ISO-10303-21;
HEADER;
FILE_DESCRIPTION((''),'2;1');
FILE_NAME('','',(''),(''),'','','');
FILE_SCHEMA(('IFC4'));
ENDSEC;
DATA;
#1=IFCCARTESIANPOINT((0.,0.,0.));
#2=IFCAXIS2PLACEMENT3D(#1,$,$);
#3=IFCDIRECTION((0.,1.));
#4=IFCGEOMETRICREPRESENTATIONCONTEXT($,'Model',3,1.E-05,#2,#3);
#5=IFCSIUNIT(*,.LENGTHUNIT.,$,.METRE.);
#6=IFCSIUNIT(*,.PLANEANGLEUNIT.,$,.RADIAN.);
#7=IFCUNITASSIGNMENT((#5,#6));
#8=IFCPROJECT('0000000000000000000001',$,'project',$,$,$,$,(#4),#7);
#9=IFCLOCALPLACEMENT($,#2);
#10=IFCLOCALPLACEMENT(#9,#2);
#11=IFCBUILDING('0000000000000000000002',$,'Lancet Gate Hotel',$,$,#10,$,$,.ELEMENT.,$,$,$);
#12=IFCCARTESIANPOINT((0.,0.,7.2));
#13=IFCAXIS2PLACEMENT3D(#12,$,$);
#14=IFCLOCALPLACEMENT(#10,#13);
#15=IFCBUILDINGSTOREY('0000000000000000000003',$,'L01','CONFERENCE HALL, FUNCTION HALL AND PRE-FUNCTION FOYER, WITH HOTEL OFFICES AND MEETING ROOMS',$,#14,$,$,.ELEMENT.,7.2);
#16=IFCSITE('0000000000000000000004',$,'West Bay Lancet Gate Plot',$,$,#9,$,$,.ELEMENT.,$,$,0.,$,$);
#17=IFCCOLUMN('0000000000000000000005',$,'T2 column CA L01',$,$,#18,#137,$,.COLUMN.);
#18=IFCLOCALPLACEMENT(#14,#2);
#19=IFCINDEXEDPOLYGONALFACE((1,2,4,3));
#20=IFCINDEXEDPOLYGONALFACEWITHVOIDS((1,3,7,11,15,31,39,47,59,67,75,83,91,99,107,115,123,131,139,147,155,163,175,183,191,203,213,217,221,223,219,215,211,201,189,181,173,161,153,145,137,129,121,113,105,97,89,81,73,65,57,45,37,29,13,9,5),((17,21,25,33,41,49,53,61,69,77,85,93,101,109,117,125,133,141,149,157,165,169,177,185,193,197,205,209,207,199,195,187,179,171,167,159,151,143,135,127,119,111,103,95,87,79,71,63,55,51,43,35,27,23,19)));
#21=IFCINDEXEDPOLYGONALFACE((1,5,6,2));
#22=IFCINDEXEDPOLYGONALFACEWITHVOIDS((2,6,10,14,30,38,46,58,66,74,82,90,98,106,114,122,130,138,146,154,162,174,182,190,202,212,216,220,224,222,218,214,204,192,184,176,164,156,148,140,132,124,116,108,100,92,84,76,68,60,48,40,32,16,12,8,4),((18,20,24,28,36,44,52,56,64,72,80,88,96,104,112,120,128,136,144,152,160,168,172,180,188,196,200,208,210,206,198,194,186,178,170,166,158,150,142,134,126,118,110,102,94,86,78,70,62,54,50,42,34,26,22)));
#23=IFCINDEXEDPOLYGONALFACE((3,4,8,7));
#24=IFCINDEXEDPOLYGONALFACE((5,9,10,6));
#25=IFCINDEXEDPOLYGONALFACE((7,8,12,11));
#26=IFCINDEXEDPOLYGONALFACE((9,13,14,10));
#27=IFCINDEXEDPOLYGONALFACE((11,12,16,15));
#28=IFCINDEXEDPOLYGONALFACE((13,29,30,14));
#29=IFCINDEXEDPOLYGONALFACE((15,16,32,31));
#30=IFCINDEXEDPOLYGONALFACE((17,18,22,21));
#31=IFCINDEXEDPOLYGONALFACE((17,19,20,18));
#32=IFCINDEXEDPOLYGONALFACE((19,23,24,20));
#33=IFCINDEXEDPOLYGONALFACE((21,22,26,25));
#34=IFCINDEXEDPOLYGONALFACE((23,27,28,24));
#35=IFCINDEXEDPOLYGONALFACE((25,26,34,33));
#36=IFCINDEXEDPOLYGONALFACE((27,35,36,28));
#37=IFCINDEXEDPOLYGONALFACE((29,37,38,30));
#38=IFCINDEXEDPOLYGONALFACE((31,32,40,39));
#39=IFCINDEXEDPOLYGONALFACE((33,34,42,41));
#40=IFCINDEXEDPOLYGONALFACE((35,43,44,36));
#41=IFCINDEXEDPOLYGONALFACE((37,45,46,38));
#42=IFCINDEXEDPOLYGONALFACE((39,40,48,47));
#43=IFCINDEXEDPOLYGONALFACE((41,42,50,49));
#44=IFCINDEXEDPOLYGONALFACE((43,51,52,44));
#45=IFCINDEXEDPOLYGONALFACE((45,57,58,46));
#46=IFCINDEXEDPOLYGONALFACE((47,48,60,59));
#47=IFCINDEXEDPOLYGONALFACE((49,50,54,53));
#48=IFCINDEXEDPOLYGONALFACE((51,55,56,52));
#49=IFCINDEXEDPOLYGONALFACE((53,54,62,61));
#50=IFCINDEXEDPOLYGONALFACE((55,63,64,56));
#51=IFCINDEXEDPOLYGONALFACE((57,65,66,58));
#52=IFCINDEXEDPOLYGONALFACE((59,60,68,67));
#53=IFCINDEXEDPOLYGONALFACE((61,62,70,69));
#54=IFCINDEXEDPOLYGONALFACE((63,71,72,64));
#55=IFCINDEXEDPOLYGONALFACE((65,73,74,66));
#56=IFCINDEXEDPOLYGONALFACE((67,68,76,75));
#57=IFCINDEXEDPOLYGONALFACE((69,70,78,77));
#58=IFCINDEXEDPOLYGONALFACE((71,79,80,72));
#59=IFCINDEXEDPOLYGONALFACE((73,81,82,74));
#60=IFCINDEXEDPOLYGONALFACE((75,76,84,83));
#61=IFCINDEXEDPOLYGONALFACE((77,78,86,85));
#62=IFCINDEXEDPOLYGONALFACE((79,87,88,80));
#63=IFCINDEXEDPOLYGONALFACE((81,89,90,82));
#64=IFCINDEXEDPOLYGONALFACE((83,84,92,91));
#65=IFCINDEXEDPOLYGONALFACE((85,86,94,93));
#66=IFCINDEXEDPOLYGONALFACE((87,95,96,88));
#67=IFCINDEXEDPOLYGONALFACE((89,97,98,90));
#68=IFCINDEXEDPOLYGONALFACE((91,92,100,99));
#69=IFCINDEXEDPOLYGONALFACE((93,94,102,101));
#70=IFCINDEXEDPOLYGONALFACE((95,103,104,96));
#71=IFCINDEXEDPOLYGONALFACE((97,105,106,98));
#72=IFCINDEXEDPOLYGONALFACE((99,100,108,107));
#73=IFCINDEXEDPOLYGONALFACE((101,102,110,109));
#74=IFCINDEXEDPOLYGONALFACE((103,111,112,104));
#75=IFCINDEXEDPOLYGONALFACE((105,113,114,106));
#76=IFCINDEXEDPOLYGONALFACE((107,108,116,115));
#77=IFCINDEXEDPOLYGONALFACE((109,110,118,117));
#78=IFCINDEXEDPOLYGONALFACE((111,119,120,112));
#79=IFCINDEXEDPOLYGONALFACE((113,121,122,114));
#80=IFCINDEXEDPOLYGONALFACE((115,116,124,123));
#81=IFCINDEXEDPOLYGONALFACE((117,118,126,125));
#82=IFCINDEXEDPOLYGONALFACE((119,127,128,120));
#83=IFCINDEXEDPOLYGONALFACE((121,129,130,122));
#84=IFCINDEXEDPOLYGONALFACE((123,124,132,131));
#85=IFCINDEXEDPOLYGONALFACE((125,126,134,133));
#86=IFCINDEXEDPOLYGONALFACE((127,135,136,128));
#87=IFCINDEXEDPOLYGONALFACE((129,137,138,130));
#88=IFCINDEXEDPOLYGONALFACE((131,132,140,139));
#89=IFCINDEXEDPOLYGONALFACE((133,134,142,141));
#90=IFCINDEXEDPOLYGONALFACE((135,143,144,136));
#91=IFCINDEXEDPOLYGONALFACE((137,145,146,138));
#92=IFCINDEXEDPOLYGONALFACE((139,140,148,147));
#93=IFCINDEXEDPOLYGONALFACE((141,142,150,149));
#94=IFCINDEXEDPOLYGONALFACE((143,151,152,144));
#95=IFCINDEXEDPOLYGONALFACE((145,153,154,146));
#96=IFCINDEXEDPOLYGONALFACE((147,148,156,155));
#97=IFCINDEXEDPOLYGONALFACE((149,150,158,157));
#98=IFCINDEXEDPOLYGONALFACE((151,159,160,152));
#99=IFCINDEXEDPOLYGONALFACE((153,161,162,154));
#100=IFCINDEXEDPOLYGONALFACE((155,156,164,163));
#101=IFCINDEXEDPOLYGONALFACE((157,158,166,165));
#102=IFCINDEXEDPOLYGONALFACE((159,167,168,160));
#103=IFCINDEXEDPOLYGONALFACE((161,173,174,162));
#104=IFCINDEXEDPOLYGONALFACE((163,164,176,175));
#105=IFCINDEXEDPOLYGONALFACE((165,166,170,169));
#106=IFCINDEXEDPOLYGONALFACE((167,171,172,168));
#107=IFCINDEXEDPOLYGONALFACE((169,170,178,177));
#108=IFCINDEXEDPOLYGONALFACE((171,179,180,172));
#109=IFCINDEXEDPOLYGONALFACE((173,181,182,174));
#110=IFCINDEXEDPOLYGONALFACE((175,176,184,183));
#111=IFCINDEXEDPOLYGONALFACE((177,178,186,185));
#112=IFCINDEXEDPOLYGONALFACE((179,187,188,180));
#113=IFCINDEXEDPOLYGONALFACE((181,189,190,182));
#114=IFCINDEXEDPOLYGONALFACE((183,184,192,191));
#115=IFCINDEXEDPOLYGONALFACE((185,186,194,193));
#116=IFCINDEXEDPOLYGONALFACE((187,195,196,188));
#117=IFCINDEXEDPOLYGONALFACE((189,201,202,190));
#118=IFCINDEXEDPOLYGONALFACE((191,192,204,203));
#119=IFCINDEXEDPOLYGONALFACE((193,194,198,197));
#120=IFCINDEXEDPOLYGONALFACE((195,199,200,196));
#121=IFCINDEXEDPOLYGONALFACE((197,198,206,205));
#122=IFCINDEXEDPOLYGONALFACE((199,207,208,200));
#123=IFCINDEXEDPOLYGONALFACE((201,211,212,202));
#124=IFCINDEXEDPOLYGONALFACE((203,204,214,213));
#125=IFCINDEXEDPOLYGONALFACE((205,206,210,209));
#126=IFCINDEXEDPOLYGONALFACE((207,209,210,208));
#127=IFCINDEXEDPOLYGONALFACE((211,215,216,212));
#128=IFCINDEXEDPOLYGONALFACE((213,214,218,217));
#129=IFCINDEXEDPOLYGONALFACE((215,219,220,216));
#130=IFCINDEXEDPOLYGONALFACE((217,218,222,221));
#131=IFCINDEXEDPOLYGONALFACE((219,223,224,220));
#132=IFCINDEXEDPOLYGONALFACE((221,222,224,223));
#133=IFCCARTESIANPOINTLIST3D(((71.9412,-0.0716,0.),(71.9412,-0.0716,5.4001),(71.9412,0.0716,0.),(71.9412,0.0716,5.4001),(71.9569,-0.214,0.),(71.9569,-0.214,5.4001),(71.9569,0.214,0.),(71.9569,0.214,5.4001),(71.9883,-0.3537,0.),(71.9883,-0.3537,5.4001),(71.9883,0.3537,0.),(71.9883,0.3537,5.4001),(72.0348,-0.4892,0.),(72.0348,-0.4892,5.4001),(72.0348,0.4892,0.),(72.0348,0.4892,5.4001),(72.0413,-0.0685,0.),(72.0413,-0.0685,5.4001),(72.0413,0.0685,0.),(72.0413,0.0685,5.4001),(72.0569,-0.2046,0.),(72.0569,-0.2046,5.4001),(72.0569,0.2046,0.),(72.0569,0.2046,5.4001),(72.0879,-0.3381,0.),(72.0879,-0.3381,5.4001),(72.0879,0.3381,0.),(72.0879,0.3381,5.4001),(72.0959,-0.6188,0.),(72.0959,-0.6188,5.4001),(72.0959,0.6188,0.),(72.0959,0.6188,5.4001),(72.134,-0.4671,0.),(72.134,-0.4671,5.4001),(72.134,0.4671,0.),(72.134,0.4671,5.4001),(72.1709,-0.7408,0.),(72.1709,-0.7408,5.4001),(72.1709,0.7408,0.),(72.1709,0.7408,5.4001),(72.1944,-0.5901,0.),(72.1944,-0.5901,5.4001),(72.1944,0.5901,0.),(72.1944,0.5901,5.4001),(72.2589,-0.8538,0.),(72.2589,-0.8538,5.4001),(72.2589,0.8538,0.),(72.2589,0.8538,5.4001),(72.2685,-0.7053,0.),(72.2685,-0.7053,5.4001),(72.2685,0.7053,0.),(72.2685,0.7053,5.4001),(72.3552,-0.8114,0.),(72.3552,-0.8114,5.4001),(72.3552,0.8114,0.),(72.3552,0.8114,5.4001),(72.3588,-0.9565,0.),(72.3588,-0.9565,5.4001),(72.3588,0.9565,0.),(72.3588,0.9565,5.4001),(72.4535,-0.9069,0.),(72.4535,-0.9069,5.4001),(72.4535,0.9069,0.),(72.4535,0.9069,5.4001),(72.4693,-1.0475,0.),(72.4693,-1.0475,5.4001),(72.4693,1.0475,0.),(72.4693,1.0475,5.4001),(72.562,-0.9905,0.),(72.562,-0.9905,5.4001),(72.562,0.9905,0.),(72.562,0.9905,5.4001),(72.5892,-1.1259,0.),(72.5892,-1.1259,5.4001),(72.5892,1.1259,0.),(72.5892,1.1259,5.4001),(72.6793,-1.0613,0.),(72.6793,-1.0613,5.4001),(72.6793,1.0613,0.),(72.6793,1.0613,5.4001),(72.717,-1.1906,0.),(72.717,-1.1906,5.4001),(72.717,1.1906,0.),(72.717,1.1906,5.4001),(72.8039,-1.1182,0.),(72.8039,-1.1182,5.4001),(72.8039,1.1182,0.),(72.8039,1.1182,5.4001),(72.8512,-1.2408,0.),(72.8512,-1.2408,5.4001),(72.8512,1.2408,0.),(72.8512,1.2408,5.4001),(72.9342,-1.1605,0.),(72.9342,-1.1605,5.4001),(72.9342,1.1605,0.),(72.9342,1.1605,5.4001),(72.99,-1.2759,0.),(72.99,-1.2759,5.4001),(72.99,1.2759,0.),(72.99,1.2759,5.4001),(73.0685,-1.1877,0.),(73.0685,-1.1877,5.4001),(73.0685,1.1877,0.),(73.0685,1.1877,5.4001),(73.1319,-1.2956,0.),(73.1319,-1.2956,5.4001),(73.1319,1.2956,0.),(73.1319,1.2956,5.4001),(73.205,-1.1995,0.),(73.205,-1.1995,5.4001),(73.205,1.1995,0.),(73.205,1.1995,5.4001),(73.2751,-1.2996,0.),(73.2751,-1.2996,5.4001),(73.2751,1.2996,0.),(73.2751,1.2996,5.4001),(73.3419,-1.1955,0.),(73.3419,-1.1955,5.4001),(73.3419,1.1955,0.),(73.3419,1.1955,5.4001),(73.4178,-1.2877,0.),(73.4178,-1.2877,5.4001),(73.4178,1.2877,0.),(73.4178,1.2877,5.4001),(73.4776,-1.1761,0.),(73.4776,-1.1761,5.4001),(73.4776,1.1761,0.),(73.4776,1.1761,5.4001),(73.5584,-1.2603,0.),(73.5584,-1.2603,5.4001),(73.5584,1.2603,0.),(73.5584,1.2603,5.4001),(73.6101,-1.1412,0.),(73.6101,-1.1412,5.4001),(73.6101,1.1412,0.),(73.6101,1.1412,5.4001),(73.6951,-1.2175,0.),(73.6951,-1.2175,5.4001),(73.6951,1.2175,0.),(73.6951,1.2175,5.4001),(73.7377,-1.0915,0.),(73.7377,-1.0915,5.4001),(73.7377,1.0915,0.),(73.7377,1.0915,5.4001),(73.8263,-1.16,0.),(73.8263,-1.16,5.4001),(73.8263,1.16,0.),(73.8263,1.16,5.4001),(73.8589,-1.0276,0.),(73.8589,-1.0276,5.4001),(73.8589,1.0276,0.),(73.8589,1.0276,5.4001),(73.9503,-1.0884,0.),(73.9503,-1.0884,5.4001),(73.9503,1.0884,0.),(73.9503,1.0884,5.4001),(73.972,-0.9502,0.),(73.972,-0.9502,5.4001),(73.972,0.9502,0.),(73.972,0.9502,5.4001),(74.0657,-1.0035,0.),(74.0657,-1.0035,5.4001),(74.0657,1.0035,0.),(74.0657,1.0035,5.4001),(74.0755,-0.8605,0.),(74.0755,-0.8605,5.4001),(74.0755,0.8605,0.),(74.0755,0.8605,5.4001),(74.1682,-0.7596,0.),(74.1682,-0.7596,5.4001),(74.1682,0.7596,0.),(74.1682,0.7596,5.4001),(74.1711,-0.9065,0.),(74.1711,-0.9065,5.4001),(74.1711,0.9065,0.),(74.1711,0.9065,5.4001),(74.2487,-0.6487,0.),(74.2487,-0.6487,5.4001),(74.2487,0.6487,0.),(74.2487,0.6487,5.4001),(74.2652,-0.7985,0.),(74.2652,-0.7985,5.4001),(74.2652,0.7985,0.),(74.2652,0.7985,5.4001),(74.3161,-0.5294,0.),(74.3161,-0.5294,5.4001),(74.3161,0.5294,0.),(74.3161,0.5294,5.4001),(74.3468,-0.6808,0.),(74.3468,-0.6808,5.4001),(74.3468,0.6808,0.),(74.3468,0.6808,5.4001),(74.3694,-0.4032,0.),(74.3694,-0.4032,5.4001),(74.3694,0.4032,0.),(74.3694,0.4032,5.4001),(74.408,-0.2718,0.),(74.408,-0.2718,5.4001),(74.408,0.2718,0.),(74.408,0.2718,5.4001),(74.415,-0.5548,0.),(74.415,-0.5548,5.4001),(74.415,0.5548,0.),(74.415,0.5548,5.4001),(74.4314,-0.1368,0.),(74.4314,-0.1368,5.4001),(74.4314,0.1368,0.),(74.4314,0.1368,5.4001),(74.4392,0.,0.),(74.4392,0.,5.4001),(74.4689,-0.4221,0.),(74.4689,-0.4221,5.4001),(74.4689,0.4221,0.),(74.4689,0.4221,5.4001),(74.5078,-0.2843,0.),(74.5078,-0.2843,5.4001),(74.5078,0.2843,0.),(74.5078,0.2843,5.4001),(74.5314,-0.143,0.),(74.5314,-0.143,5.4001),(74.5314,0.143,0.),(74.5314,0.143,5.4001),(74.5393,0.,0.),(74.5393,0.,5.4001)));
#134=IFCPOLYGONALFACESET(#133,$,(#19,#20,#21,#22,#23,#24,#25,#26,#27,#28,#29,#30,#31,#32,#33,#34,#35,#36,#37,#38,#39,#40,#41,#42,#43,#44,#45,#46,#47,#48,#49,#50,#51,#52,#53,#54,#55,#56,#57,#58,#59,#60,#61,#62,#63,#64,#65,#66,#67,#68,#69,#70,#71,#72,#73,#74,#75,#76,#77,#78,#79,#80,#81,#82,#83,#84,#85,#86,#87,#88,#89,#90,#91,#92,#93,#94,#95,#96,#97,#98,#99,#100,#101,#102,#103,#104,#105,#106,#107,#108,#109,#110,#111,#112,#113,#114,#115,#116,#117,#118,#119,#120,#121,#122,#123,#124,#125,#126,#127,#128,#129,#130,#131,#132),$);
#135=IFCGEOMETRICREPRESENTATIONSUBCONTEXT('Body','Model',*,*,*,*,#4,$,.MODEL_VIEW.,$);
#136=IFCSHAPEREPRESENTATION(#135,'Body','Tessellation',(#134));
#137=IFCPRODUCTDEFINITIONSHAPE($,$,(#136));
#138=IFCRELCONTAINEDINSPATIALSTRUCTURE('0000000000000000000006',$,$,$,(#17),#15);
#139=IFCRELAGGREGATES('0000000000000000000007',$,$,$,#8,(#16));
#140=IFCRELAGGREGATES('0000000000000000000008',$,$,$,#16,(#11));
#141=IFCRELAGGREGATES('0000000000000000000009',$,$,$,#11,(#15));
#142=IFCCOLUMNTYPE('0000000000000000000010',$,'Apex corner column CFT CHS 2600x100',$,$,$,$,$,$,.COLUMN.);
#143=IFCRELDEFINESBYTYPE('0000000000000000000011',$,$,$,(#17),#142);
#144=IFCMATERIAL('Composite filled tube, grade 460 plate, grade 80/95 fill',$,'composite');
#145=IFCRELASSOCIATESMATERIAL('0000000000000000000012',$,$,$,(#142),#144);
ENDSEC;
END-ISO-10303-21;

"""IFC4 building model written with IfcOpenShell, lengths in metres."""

from ifc_helpers import new_model, si_unit, direction, frame, origin, origin_2d, place, context, subcontext, project, spatial, hollow_circle, extrude, material, material_profile, profile_set, type_object, element, save


model = new_model("IFC4")

# Units and contexts
model_context = context("Model", 3, precision=1e-05, world=origin(), true_north=direction((0.0, 1.0)))
body_context = subcontext(model_context, "Body", "Model", "MODEL_VIEW")
ifc_project = project(units=[si_unit("LENGTHUNIT", "METRE"), si_unit("PLANEANGLEUNIT", "RADIAN")], contexts=[model_context])

# Site, building, storey
site_placement = place(None, origin())
site = spatial("IfcSite", under=ifc_project, at=site_placement, Name="West Bay Lancet Gate Plot", CompositionType="ELEMENT", RefElevation=0.0)
building_placement = place(site_placement, origin())
building = spatial("IfcBuilding", under=site, at=building_placement, Name="Lancet Gate Hotel", CompositionType="ELEMENT")
storey_placement = place(building_placement, frame((0.0, 0.0, 7.2)))
storey = spatial("IfcBuildingStorey", under=building, at=storey_placement, Name="L01", Description="CONFERENCE HALL, FUNCTION HALL AND PRE-FUNCTION FOYER, WITH HOTEL OFFICES AND MEETING ROOMS", CompositionType="ELEMENT", Elevation=7.2)

# Column
ifc_material_1 = material(Name="Composite filled tube, grade 460 plate, grade 80/95 fill", Category="composite")
ifc_material_profile_1 = material_profile(ifc_material_1, hollow_circle(Radius=1.3, WallThickness=0.1001, at=origin_2d()), Name="CHS 2600x100")
ifc_profile_set_1 = profile_set([ifc_material_profile_1], Name="Composite filled tube, grade 460 plate, grade 80/95 fill")
column_type_1 = type_object("IfcColumnType", Name="Apex corner column CFT CHS 2600x100", PredefinedType="COLUMN", material=ifc_profile_set_1)
column_1_placement = place(storey_placement, frame((73.2393, 0.0, 0.0), z_axis=(0.0, 0.0, 1.0), x_axis=(1.0, 0.0, 0.0)))
element("IfcColumn", 1, at=column_1_placement, inside=storey, type_object=column_type_1, Name="T2 column CA L01", PredefinedType="COLUMN", context=body_context, shape_type="SweptSolid", body=[
    extrude(hollow_circle(Radius=1.3, WallThickness=0.1001, at=origin_2d()), origin(), (0.0, 0.0, 1.0), 5.4001),
])

save(model, "model.ifc")
